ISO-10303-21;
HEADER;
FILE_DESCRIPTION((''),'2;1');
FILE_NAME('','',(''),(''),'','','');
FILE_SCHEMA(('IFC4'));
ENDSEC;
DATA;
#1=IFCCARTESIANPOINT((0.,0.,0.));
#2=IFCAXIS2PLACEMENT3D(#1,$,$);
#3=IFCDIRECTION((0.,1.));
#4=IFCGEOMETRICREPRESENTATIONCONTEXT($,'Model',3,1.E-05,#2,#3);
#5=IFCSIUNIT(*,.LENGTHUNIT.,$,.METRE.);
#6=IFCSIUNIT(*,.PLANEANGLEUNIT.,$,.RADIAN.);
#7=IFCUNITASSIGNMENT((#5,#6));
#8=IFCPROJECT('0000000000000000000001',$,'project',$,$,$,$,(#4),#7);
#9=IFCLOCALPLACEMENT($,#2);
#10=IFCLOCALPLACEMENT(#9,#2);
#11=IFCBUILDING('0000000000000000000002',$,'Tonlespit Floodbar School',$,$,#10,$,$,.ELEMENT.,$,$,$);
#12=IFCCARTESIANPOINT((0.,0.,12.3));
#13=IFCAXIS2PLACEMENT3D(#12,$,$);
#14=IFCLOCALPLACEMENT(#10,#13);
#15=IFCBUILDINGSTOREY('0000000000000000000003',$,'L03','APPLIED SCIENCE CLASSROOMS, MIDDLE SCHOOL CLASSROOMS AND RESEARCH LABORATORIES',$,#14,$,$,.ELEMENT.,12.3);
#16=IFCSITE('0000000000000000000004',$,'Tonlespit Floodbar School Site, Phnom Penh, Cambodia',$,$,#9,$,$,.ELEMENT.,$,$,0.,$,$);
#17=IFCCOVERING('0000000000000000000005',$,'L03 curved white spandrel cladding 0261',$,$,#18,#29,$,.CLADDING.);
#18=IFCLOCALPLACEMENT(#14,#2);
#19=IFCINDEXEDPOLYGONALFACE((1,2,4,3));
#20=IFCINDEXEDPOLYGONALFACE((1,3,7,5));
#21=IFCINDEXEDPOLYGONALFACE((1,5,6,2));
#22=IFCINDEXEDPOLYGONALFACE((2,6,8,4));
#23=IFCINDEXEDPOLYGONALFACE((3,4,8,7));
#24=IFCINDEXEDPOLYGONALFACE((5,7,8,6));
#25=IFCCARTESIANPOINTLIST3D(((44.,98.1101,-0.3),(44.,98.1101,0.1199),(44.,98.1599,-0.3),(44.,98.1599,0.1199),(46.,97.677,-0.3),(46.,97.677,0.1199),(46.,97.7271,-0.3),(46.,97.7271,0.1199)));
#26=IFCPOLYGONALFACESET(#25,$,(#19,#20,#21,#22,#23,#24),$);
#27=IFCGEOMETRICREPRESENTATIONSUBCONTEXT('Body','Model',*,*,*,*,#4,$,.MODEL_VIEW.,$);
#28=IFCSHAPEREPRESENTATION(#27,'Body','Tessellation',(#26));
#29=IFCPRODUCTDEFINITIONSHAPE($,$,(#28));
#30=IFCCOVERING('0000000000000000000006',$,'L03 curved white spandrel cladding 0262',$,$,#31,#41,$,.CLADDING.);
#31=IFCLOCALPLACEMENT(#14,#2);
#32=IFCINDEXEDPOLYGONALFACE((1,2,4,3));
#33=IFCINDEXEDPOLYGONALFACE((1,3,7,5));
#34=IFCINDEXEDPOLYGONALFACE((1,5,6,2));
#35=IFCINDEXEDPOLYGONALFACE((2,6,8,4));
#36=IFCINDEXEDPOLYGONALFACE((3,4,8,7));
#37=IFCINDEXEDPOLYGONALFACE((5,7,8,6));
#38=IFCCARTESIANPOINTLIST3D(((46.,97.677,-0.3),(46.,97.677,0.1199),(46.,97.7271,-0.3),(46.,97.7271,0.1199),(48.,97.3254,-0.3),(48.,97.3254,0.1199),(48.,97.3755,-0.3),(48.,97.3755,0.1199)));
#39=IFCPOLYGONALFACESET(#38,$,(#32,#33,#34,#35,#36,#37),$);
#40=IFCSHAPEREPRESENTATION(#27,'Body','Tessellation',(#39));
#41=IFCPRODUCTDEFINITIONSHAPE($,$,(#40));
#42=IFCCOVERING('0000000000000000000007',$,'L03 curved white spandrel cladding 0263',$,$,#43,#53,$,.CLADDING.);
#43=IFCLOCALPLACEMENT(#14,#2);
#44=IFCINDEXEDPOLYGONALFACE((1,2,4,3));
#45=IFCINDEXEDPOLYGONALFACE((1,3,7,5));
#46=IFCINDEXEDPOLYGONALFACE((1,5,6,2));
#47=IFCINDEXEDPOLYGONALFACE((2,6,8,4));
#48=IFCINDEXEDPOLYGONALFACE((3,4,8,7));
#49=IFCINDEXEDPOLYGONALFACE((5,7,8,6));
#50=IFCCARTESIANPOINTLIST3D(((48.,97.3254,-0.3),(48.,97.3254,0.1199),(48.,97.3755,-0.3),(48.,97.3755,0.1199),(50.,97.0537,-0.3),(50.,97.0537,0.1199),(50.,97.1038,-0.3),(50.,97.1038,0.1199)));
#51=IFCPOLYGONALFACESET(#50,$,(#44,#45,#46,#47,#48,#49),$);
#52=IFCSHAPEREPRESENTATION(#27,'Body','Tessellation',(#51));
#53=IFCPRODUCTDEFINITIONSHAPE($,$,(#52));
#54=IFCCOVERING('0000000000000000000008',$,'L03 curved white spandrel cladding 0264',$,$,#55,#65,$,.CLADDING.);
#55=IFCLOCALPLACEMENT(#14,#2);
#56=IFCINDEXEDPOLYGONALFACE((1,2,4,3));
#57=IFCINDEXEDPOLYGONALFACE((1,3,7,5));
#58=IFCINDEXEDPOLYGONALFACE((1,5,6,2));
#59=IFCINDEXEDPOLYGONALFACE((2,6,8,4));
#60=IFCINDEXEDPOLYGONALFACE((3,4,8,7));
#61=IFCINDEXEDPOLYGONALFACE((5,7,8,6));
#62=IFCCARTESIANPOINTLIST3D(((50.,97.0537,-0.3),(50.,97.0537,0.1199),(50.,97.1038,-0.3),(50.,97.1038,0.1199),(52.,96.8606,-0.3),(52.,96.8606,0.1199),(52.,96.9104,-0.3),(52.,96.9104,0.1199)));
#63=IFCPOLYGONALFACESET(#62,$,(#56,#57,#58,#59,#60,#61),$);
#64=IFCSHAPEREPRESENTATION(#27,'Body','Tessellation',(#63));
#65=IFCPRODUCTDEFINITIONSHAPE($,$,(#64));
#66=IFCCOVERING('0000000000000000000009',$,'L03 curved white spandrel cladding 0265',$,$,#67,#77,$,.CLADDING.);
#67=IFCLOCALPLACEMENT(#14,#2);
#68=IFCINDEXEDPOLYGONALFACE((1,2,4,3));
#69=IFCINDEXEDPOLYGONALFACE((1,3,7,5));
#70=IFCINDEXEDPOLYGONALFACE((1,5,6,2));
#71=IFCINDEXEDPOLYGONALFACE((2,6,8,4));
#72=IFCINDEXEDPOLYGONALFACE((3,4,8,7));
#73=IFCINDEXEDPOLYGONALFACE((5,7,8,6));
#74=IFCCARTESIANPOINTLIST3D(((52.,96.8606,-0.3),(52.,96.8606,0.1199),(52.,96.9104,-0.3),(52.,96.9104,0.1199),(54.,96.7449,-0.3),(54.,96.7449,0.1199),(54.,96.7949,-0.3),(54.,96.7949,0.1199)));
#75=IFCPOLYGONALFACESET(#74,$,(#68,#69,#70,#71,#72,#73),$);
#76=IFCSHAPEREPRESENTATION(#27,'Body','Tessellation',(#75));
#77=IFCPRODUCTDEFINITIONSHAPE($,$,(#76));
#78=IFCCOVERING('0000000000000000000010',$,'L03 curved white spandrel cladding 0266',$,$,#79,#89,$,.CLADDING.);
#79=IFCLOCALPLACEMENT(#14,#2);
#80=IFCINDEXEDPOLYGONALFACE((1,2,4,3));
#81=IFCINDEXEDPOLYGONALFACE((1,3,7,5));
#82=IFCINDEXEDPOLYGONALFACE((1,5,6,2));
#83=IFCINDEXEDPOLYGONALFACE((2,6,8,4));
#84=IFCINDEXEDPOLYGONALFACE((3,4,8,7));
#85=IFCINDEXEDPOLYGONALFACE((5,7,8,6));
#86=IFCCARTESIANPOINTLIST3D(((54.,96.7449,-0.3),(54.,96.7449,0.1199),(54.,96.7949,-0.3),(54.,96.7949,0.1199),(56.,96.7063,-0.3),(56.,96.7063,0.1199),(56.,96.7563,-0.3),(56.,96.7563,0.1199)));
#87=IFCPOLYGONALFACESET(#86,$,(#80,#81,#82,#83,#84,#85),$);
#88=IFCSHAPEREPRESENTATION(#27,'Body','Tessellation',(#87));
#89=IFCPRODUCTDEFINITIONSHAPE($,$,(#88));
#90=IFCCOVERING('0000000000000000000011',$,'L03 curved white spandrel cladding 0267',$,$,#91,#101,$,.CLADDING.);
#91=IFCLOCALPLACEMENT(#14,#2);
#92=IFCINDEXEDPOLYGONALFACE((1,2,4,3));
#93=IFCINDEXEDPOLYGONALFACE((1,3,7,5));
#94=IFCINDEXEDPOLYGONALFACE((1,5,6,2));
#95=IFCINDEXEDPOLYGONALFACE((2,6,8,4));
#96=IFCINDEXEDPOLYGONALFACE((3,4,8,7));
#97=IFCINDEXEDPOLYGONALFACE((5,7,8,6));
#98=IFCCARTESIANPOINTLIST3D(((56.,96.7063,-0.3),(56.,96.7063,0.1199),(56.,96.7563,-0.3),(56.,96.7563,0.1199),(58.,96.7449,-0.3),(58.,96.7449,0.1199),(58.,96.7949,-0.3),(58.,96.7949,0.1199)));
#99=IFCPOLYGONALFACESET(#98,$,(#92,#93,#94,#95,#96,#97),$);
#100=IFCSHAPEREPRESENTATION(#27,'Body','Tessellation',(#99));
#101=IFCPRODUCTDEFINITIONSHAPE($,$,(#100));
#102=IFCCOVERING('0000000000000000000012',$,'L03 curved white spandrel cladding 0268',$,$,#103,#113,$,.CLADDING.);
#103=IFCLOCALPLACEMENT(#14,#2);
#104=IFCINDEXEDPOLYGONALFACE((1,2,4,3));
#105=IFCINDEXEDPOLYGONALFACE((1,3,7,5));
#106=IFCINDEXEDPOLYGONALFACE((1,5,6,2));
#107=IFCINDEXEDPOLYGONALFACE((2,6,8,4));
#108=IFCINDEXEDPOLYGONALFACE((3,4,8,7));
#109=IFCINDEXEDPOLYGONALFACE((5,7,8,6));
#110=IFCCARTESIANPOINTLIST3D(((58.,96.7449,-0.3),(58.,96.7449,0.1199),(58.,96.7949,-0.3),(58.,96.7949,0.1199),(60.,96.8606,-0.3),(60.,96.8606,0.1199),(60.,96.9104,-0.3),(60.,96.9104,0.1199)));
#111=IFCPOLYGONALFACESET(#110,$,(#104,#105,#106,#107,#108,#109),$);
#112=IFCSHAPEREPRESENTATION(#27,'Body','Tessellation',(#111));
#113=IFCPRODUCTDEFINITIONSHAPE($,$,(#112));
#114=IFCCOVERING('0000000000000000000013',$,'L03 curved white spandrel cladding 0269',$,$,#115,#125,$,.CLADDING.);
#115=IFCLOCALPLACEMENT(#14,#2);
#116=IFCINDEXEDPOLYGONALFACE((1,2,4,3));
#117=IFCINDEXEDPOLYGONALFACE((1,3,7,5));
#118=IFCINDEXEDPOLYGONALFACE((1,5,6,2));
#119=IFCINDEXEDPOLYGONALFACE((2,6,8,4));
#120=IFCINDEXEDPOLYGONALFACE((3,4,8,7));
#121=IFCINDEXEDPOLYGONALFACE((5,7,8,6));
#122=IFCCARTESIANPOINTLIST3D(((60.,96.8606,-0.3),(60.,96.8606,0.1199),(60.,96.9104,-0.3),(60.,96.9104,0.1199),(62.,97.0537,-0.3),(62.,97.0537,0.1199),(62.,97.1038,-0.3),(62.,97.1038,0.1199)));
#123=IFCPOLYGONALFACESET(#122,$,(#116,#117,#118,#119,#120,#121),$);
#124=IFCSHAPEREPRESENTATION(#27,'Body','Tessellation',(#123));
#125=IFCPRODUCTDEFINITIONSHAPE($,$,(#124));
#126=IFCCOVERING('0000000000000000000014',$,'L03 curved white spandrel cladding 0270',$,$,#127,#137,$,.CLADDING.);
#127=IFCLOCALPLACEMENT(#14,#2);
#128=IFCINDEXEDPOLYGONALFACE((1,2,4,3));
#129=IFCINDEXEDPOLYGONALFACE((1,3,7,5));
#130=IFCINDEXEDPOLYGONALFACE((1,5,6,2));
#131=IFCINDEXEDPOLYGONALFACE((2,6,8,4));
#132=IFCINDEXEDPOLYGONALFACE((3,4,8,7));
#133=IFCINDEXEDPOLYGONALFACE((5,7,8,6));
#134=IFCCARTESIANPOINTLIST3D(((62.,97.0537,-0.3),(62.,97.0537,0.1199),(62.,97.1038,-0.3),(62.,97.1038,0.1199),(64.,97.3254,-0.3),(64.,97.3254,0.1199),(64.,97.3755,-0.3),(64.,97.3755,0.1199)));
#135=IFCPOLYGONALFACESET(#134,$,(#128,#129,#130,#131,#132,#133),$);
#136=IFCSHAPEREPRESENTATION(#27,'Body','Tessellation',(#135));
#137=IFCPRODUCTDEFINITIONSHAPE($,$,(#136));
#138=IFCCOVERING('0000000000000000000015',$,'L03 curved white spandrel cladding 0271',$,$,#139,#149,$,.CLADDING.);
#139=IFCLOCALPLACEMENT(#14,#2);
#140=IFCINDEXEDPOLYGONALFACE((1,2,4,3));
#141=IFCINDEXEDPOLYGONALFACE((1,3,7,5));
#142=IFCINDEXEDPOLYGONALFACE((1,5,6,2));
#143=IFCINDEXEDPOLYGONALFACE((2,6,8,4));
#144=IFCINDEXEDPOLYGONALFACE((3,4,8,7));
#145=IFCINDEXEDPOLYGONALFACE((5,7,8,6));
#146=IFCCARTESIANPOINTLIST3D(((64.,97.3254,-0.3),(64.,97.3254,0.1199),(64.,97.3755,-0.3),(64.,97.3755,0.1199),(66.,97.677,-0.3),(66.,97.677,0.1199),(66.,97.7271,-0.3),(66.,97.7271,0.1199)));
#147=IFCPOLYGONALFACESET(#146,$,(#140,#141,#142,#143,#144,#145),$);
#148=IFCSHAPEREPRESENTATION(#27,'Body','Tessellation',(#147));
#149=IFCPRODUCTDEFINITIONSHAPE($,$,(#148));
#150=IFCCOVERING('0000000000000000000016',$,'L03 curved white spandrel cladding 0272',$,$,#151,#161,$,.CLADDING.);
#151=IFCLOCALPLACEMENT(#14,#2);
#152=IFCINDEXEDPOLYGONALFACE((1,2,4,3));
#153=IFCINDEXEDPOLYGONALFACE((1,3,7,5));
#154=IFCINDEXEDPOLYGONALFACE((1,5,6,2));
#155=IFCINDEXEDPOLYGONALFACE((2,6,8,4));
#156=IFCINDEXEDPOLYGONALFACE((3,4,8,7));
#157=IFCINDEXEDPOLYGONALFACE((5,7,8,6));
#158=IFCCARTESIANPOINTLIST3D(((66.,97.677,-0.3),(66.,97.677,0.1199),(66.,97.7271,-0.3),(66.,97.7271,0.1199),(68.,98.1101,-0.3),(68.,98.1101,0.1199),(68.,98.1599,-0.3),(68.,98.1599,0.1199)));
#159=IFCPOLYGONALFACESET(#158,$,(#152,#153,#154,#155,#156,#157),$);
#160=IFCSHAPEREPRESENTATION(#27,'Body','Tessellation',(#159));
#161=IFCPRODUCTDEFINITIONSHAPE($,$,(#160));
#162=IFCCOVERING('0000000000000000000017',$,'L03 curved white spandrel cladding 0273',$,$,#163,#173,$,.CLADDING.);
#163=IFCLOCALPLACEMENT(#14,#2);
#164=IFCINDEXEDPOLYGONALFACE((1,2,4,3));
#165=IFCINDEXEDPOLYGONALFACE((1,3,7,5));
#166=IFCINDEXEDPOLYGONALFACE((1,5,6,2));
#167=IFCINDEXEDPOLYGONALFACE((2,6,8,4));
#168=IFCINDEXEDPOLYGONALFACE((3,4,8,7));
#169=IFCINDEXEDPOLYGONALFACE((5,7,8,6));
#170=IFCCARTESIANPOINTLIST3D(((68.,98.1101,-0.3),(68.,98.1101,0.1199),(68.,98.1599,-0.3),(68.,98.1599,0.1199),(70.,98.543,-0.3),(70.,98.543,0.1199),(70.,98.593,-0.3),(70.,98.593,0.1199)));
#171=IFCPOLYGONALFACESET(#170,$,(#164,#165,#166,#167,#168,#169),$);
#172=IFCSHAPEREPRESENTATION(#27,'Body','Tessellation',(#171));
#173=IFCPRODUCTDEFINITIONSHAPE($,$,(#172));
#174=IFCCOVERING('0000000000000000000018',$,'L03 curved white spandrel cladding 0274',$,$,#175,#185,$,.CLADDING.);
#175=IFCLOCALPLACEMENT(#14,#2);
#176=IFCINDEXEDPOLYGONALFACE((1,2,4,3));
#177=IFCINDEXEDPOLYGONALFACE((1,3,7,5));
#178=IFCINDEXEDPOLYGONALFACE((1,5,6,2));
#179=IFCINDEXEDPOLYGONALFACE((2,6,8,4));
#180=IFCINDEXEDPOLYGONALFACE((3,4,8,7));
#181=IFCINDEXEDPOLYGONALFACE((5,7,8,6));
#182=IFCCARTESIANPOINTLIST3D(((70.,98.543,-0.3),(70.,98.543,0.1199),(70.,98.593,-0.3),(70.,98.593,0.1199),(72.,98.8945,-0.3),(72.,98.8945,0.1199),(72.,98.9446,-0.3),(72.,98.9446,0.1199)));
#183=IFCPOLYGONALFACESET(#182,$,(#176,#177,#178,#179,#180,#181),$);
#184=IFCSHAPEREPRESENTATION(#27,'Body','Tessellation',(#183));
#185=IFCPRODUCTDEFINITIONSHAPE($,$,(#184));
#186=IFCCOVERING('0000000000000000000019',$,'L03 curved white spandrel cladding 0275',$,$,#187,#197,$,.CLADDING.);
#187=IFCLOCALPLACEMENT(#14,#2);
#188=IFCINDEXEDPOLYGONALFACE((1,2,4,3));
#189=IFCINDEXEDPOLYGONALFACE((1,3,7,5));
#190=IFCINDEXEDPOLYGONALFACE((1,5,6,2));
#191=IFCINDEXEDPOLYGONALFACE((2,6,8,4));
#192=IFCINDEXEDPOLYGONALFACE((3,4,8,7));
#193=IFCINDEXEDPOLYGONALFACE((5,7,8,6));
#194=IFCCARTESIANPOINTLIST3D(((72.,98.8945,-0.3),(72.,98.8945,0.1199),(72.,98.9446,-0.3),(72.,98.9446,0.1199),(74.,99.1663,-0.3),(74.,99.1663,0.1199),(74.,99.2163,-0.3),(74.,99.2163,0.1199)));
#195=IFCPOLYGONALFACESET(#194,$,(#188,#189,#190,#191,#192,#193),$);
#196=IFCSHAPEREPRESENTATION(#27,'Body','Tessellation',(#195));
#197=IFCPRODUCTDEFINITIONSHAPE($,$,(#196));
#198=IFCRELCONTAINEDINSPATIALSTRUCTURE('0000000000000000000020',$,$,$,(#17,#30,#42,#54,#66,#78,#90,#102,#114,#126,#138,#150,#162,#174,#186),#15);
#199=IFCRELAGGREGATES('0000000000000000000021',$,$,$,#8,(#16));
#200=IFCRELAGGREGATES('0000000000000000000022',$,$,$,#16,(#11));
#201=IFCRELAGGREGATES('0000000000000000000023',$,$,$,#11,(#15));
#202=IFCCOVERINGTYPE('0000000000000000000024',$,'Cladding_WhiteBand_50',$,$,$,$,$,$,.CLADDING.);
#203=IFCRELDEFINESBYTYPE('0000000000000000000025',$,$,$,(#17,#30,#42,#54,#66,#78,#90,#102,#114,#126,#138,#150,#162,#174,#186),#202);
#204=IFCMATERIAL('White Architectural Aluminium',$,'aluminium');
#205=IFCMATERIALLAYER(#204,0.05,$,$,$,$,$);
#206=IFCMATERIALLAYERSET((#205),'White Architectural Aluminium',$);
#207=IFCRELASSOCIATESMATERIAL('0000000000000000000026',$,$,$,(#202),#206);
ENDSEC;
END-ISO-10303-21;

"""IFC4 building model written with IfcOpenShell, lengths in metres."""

from ifc_helpers import new_model, si_unit, direction, frame, origin, place, context, subcontext, project, spatial, polyline, outline, extrude, material, layer, layer_set, type_object, element, save


model = new_model("IFC4")

# Units and contexts
model_context = context("Model", 3, precision=1e-05, world=origin(), true_north=direction((0.0, 1.0)))
body_context = subcontext(model_context, "Body", "Model", "MODEL_VIEW")
ifc_project = project(units=[si_unit("LENGTHUNIT", "METRE"), si_unit("PLANEANGLEUNIT", "RADIAN")], contexts=[model_context])

# Site, building, storey
site_placement = place(None, origin())
site = spatial("IfcSite", under=ifc_project, at=site_placement, Name="Tonlespit Floodbar School Site, Phnom Penh, Cambodia", CompositionType="ELEMENT", RefElevation=0.0)
building_placement = place(site_placement, origin())
building = spatial("IfcBuilding", under=site, at=building_placement, Name="Tonlespit Floodbar School", CompositionType="ELEMENT")
storey_placement = place(building_placement, frame((0.0, 0.0, 12.3)))
storey = spatial("IfcBuildingStorey", under=building, at=storey_placement, Name="L03", Description="APPLIED SCIENCE CLASSROOMS, MIDDLE SCHOOL CLASSROOMS AND RESEARCH LABORATORIES", CompositionType="ELEMENT", Elevation=12.3)

# Coverings
ifc_material = material(Name="White Architectural Aluminium", Category="aluminium")
ifc_layer = layer(ifc_material, 0.05)
ifc_layer_set = layer_set([ifc_layer], Name="White Architectural Aluminium")
covering_type = type_object("IfcCoveringType", Name="Cladding_WhiteBand_50", PredefinedType="CLADDING", material=ifc_layer_set)
covering_1_placement = place(storey_placement, frame((0.0, 0.0, -0.3)))
element("IfcCovering", 1, at=covering_1_placement, inside=storey, type_object=covering_type, Name="L03 curved white spandrel cladding 0261", PredefinedType="CLADDING", context=body_context, shape_type="SweptSolid", body=[
    extrude(outline(polyline([(44.0, 98.1599), (46.0, 97.7271), (46.0, 97.677), (44.0, 98.1101), (44.0, 98.1599)])), origin(), (0.0, 0.0, 1.0), 0.4199),
])
covering_2_placement = place(storey_placement, frame((0.0, 0.0, -0.3)))
element("IfcCovering", 2, at=covering_2_placement, inside=storey, type_object=covering_type, Name="L03 curved white spandrel cladding 0262", PredefinedType="CLADDING", context=body_context, shape_type="SweptSolid", body=[
    extrude(outline(polyline([(46.0, 97.7271), (48.0, 97.3755), (48.0, 97.3254), (46.0, 97.677), (46.0, 97.7271)])), origin(), (0.0, 0.0, 1.0), 0.4199),
])
covering_3_placement = place(storey_placement, frame((0.0, 0.0, -0.3)))
element("IfcCovering", 3, at=covering_3_placement, inside=storey, type_object=covering_type, Name="L03 curved white spandrel cladding 0263", PredefinedType="CLADDING", context=body_context, shape_type="SweptSolid", body=[
    extrude(outline(polyline([(48.0, 97.3755), (50.0, 97.1038), (50.0, 97.0537), (48.0, 97.3254), (48.0, 97.3755)])), origin(), (0.0, 0.0, 1.0), 0.4199),
])
covering_4_placement = place(storey_placement, frame((0.0, 0.0, -0.3)))
element("IfcCovering", 4, at=covering_4_placement, inside=storey, type_object=covering_type, Name="L03 curved white spandrel cladding 0264", PredefinedType="CLADDING", context=body_context, shape_type="SweptSolid", body=[
    extrude(outline(polyline([(50.0, 97.1038), (52.0, 96.9104), (52.0, 96.8606), (50.0, 97.0537), (50.0, 97.1038)])), origin(), (0.0, 0.0, 1.0), 0.4199),
])
covering_5_placement = place(storey_placement, frame((0.0, 0.0, -0.3)))
element("IfcCovering", 5, at=covering_5_placement, inside=storey, type_object=covering_type, Name="L03 curved white spandrel cladding 0265", PredefinedType="CLADDING", context=body_context, shape_type="SweptSolid", body=[
    extrude(outline(polyline([(52.0, 96.9104), (54.0, 96.7949), (54.0, 96.7449), (52.0, 96.8606), (52.0, 96.9104)])), origin(), (0.0, 0.0, 1.0), 0.4199),
])
covering_6_placement = place(storey_placement, frame((0.0, 0.0, -0.3)))
element("IfcCovering", 6, at=covering_6_placement, inside=storey, type_object=covering_type, Name="L03 curved white spandrel cladding 0266", PredefinedType="CLADDING", context=body_context, shape_type="SweptSolid", body=[
    extrude(outline(polyline([(54.0, 96.7949), (56.0, 96.7563), (56.0, 96.7063), (54.0, 96.7449), (54.0, 96.7949)])), origin(), (0.0, 0.0, 1.0), 0.4199),
])
covering_7_placement = place(storey_placement, frame((0.0, 0.0, -0.3)))
element("IfcCovering", 7, at=covering_7_placement, inside=storey, type_object=covering_type, Name="L03 curved white spandrel cladding 0267", PredefinedType="CLADDING", context=body_context, shape_type="SweptSolid", body=[
    extrude(outline(polyline([(56.0, 96.7563), (58.0, 96.7949), (58.0, 96.7449), (56.0, 96.7063), (56.0, 96.7563)])), origin(), (0.0, 0.0, 1.0), 0.4199),
])
covering_8_placement = place(storey_placement, frame((0.0, 0.0, -0.3)))
element("IfcCovering", 8, at=covering_8_placement, inside=storey, type_object=covering_type, Name="L03 curved white spandrel cladding 0268", PredefinedType="CLADDING", context=body_context, shape_type="SweptSolid", body=[
    extrude(outline(polyline([(58.0, 96.7949), (60.0, 96.9104), (60.0, 96.8606), (58.0, 96.7449), (58.0, 96.7949)])), origin(), (0.0, 0.0, 1.0), 0.4199),
])
covering_9_placement = place(storey_placement, frame((0.0, 0.0, -0.3)))
element("IfcCovering", 9, at=covering_9_placement, inside=storey, type_object=covering_type, Name="L03 curved white spandrel cladding 0269", PredefinedType="CLADDING", context=body_context, shape_type="SweptSolid", body=[
    extrude(outline(polyline([(60.0, 96.9104), (62.0, 97.1038), (62.0, 97.0537), (60.0, 96.8606), (60.0, 96.9104)])), origin(), (0.0, 0.0, 1.0), 0.4199),
])
covering_10_placement = place(storey_placement, frame((0.0, 0.0, -0.3)))
element("IfcCovering", 10, at=covering_10_placement, inside=storey, type_object=covering_type, Name="L03 curved white spandrel cladding 0270", PredefinedType="CLADDING", context=body_context, shape_type="SweptSolid", body=[
    extrude(outline(polyline([(62.0, 97.1038), (64.0, 97.3755), (64.0, 97.3254), (62.0, 97.0537), (62.0, 97.1038)])), origin(), (0.0, 0.0, 1.0), 0.4199),
])
covering_11_placement = place(storey_placement, frame((0.0, 0.0, -0.3)))
element("IfcCovering", 11, at=covering_11_placement, inside=storey, type_object=covering_type, Name="L03 curved white spandrel cladding 0271", PredefinedType="CLADDING", context=body_context, shape_type="SweptSolid", body=[
    extrude(outline(polyline([(64.0, 97.3755), (66.0, 97.7271), (66.0, 97.677), (64.0, 97.3254), (64.0, 97.3755)])), origin(), (0.0, 0.0, 1.0), 0.4199),
])
covering_12_placement = place(storey_placement, frame((0.0, 0.0, -0.3)))
element("IfcCovering", 12, at=covering_12_placement, inside=storey, type_object=covering_type, Name="L03 curved white spandrel cladding 0272", PredefinedType="CLADDING", context=body_context, shape_type="SweptSolid", body=[
    extrude(outline(polyline([(66.0, 97.7271), (68.0, 98.1599), (68.0, 98.1101), (66.0, 97.677), (66.0, 97.7271)])), origin(), (0.0, 0.0, 1.0), 0.4199),
])
covering_13_placement = place(storey_placement, frame((0.0, 0.0, -0.3)))
element("IfcCovering", 13, at=covering_13_placement, inside=storey, type_object=covering_type, Name="L03 curved white spandrel cladding 0273", PredefinedType="CLADDING", context=body_context, shape_type="SweptSolid", body=[
    extrude(outline(polyline([(68.0, 98.1599), (70.0, 98.593), (70.0, 98.543), (68.0, 98.1101), (68.0, 98.1599)])), origin(), (0.0, 0.0, 1.0), 0.4199),
])
covering_14_placement = place(storey_placement, frame((0.0, 0.0, -0.3)))
element("IfcCovering", 14, at=covering_14_placement, inside=storey, type_object=covering_type, Name="L03 curved white spandrel cladding 0274", PredefinedType="CLADDING", context=body_context, shape_type="SweptSolid", body=[
    extrude(outline(polyline([(70.0, 98.593), (72.0, 98.9446), (72.0, 98.8945), (70.0, 98.543), (70.0, 98.593)])), origin(), (0.0, 0.0, 1.0), 0.4199),
])
covering_15_placement = place(storey_placement, frame((0.0, 0.0, -0.3)))
element("IfcCovering", 15, at=covering_15_placement, inside=storey, type_object=covering_type, Name="L03 curved white spandrel cladding 0275", PredefinedType="CLADDING", context=body_context, shape_type="SweptSolid", body=[
    extrude(outline(polyline([(72.0, 98.9446), (74.0, 99.2163), (74.0, 99.1663), (72.0, 98.8945), (72.0, 98.9446)])), origin(), (0.0, 0.0, 1.0), 0.4199),
])

save(model, "model.ifc")
